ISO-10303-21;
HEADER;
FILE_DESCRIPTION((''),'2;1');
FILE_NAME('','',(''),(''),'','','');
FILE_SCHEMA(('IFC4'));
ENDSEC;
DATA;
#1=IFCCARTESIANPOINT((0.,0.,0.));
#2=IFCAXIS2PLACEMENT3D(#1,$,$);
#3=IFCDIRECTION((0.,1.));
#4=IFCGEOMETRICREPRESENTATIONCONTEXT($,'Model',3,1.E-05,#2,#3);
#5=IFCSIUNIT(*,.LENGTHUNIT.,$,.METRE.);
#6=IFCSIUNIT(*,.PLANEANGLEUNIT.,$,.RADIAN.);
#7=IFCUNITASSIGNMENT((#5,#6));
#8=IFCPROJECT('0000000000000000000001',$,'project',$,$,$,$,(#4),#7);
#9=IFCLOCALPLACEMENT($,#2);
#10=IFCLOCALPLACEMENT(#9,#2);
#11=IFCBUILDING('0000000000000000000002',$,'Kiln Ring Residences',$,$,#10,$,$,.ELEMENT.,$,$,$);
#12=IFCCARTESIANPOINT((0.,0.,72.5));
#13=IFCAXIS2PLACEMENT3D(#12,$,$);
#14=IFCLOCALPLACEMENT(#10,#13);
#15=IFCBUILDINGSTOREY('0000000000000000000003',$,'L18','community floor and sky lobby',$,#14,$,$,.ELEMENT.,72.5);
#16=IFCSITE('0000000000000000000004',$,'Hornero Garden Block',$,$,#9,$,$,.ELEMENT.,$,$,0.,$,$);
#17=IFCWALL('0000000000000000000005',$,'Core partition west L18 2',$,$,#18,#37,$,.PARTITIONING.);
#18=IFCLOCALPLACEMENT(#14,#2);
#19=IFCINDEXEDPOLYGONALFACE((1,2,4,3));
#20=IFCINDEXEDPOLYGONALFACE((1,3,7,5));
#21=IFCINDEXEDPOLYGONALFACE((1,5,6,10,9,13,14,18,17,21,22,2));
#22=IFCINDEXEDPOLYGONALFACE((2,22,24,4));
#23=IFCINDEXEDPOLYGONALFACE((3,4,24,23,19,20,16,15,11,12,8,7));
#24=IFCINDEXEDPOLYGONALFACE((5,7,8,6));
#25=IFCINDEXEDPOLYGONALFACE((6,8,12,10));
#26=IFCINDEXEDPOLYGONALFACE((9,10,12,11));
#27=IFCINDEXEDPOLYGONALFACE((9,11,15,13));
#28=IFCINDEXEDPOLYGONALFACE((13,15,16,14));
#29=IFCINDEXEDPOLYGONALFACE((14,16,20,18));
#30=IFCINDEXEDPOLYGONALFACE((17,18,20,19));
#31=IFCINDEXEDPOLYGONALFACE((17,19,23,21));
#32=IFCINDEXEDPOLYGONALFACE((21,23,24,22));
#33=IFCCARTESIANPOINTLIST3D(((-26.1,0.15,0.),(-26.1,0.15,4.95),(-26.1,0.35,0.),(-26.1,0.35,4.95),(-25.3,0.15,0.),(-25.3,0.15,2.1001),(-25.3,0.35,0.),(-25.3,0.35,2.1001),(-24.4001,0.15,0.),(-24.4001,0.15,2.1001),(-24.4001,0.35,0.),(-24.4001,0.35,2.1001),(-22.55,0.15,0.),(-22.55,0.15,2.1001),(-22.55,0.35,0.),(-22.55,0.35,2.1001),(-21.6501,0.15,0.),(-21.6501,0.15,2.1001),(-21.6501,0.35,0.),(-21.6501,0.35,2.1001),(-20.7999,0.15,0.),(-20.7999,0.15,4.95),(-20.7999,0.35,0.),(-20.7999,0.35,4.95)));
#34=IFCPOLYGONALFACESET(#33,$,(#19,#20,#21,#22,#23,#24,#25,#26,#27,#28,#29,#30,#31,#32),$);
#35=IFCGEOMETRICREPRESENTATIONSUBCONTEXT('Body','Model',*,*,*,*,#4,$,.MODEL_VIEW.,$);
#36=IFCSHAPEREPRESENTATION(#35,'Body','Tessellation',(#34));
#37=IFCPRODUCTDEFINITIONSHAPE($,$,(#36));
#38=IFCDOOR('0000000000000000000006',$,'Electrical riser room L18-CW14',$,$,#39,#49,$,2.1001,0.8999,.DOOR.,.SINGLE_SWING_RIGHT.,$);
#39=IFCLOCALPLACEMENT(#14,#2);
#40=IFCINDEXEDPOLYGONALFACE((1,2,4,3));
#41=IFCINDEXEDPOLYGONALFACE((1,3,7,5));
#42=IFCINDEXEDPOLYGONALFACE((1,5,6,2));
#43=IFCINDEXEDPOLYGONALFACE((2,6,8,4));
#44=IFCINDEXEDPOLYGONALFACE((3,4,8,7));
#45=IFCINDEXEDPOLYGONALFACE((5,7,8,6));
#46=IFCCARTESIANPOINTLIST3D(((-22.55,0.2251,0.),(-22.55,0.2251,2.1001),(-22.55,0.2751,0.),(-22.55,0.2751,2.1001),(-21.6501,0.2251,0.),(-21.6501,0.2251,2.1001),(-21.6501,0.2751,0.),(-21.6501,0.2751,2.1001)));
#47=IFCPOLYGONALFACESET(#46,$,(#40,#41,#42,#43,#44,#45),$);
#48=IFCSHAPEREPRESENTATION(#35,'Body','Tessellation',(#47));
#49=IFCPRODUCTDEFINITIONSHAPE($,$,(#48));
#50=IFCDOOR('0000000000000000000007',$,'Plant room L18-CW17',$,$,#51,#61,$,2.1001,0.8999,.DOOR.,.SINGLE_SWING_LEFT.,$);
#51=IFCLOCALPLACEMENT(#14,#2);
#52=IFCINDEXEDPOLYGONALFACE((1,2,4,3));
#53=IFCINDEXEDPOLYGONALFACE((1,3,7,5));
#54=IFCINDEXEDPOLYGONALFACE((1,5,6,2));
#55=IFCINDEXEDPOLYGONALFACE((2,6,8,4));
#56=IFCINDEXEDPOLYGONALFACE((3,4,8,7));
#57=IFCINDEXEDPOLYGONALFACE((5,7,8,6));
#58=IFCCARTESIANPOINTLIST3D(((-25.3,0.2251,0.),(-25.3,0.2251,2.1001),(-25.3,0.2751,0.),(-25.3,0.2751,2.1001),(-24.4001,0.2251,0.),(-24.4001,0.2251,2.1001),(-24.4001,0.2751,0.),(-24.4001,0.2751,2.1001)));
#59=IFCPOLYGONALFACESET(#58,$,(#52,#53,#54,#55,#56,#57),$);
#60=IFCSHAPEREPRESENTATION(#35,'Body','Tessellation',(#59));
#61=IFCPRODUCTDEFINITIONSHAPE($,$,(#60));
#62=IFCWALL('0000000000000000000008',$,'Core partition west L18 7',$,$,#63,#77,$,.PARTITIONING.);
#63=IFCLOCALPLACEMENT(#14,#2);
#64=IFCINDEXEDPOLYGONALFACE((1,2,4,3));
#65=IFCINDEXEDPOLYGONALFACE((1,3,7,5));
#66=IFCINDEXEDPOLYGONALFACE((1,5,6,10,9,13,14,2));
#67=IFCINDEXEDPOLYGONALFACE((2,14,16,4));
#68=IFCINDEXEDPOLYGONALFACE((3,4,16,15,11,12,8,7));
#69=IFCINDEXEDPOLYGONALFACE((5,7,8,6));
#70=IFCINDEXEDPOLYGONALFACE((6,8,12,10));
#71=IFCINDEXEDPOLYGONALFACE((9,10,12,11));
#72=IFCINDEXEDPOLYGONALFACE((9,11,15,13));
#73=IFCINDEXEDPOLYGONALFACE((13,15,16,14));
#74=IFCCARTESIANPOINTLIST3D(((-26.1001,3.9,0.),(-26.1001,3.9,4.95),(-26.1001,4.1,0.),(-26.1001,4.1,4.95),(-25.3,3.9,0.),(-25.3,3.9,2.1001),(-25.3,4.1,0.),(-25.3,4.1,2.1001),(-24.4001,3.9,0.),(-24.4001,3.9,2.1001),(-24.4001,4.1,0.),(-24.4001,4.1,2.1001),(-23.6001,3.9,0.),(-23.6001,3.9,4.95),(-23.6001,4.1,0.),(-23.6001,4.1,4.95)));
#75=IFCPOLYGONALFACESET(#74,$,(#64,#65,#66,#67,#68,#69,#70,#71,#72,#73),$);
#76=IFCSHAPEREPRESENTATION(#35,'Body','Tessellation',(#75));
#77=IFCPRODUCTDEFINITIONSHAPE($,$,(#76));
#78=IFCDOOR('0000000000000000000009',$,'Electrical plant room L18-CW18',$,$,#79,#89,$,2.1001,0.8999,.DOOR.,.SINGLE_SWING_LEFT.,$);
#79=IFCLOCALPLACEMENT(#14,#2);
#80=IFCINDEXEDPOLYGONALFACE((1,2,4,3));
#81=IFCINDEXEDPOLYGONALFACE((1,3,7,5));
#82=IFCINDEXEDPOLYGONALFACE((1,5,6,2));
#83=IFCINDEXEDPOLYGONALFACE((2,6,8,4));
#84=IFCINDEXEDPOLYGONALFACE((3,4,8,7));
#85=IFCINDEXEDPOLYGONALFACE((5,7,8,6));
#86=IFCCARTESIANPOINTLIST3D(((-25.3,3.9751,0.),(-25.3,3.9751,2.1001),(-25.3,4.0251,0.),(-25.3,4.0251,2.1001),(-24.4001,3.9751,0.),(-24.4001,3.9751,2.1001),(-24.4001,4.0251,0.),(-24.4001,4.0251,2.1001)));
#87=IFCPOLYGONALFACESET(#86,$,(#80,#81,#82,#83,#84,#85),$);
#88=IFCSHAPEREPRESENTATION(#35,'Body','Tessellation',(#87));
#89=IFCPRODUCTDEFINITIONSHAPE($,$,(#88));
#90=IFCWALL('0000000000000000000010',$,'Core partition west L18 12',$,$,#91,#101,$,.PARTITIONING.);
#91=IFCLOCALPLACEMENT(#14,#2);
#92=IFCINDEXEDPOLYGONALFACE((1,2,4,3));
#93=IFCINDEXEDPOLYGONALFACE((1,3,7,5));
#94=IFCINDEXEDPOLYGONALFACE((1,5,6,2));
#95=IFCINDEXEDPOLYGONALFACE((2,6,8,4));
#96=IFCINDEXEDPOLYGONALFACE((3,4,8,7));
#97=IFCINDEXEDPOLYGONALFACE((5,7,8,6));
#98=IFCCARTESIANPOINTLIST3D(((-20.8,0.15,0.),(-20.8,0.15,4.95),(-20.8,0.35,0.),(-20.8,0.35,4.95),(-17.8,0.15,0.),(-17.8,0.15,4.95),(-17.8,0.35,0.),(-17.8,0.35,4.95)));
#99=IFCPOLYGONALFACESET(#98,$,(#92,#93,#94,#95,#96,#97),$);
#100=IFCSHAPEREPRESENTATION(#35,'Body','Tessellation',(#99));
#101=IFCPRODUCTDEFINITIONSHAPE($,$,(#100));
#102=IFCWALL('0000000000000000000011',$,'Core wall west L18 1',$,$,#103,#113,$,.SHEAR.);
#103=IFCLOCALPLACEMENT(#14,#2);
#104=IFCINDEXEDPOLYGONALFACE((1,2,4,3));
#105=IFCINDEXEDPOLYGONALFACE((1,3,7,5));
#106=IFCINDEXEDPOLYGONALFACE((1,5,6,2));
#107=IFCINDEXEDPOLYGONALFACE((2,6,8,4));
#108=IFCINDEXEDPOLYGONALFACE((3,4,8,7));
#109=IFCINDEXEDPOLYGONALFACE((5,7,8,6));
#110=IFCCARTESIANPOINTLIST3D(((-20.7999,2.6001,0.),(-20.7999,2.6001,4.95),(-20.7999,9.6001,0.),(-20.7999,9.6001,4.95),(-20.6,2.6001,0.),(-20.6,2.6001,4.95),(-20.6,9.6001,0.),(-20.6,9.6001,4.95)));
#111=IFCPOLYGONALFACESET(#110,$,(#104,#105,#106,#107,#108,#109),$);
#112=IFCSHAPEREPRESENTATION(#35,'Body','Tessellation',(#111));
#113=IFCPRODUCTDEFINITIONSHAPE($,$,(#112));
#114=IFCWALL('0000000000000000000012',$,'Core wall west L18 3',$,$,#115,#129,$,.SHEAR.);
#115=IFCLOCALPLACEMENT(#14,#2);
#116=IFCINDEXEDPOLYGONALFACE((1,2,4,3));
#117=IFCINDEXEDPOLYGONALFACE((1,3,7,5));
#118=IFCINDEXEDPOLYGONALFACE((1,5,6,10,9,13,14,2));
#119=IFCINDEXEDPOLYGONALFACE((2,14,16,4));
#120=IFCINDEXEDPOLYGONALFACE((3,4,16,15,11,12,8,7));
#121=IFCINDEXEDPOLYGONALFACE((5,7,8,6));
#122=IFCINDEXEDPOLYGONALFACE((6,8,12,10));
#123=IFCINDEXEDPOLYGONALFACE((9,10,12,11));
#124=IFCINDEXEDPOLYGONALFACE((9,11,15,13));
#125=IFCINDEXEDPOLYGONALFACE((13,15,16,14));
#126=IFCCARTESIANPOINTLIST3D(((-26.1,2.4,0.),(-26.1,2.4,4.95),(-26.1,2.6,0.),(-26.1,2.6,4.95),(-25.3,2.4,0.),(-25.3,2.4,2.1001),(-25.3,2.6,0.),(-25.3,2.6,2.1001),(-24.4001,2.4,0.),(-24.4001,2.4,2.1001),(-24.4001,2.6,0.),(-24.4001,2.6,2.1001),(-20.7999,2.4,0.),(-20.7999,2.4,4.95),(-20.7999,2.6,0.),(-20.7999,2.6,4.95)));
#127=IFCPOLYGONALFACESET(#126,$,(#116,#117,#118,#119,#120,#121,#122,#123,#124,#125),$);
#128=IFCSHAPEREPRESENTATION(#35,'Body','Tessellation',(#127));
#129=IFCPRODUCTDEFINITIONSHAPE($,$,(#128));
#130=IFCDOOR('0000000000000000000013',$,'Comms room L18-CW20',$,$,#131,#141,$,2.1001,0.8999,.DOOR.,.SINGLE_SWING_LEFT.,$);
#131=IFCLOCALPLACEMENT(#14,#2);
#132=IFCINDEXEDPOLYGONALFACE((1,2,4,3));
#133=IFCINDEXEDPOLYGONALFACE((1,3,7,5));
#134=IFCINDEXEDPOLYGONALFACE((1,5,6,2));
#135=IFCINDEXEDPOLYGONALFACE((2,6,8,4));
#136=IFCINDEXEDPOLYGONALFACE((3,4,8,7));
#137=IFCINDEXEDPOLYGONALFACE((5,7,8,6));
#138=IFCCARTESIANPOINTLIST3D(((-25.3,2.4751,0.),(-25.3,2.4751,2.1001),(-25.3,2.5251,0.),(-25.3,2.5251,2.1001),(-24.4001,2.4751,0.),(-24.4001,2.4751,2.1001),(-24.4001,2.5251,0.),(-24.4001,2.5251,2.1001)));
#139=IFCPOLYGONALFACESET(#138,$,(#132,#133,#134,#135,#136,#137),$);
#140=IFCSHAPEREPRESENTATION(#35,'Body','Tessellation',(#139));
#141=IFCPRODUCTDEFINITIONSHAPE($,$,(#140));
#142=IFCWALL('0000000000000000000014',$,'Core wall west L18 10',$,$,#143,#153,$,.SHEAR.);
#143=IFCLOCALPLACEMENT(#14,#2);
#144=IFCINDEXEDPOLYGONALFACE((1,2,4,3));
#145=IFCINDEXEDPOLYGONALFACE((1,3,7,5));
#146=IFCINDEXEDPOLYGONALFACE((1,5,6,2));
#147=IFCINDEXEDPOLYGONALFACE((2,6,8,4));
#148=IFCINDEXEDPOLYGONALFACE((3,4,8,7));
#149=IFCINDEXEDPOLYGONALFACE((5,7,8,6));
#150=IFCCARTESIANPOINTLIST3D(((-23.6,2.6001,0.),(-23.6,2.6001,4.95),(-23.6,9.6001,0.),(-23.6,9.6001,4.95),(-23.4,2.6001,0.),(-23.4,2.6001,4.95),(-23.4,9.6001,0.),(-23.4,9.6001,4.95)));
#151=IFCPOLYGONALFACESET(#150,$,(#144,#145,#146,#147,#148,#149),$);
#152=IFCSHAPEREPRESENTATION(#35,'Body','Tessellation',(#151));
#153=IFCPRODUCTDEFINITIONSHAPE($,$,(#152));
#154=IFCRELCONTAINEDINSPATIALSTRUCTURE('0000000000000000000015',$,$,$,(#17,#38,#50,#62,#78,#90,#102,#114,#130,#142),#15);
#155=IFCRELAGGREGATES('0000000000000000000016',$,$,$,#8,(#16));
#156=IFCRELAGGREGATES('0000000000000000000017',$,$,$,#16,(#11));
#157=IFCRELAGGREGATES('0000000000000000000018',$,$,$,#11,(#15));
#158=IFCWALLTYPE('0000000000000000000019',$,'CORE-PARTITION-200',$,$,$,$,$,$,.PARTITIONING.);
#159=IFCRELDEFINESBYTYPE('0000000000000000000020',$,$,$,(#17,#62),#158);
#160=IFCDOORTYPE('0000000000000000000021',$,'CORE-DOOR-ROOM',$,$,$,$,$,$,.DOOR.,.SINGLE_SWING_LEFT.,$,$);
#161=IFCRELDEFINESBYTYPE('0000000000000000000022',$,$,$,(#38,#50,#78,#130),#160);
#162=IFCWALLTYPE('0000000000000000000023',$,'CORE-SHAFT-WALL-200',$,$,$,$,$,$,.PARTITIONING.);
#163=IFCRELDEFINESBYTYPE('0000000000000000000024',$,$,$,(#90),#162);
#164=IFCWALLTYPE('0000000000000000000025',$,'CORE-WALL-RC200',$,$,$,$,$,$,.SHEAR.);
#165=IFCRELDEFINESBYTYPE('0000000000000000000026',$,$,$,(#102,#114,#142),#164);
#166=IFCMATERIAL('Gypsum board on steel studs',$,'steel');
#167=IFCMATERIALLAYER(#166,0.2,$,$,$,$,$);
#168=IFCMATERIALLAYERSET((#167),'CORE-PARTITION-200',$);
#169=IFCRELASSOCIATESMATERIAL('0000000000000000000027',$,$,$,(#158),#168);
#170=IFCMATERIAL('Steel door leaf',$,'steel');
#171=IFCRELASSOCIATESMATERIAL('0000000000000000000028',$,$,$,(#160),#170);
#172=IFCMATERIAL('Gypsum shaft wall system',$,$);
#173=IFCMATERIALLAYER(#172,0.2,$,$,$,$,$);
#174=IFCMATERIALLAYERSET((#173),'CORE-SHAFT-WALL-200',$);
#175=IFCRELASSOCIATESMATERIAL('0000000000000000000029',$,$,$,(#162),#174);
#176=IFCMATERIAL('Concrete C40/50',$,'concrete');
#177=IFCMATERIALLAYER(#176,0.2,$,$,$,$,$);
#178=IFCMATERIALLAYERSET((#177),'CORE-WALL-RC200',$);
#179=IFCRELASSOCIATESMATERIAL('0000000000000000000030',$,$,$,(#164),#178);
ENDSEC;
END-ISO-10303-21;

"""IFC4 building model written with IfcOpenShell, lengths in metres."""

from ifc_helpers import new_model, si_unit, direction, frame, frame_2d, origin, place, context, subcontext, project, spatial, rectangle, extrude, material, layer, layer_set, type_object, element, fill, save


model = new_model("IFC4")

# Units and contexts
model_context = context("Model", 3, precision=1e-05, world=origin(), true_north=direction((0.0, 1.0)))
body_context = subcontext(model_context, "Body", "Model", "MODEL_VIEW")
ifc_project = project(units=[si_unit("LENGTHUNIT", "METRE"), si_unit("PLANEANGLEUNIT", "RADIAN")], contexts=[model_context])

# Site, building, storey
site_placement = place(None, origin())
site = spatial("IfcSite", under=ifc_project, at=site_placement, Name="Hornero Garden Block", CompositionType="ELEMENT", RefElevation=0.0)
building_placement = place(site_placement, origin())
building = spatial("IfcBuilding", under=site, at=building_placement, Name="Kiln Ring Residences", CompositionType="ELEMENT")
storey_placement = place(building_placement, frame((0.0, 0.0, 72.5)))
storey = spatial("IfcBuildingStorey", under=building, at=storey_placement, Name="L18", Description="community floor and sky lobby", CompositionType="ELEMENT", Elevation=72.5)

# Wall, openings, doors
ifc_material_1 = material(Name="Gypsum board on steel studs", Category="steel")
ifc_layer_1 = layer(ifc_material_1, 0.2)
ifc_layer_set_1 = layer_set([ifc_layer_1], Name="CORE-PARTITION-200")
wall_type_1 = type_object("IfcWallType", Name="CORE-PARTITION-200", PredefinedType="PARTITIONING", material=ifc_layer_set_1)
wall_1_placement = place(storey_placement, frame((-20.8, 0.25, 0.0), z_axis=(0.0, 0.0, 1.0), x_axis=(-1.0, 0.0, 0.0)))
wall_1 = element("IfcWall", 1, at=wall_1_placement, inside=storey, type_object=wall_type_1, Name="Core partition west L18 2", PredefinedType="PARTITIONING", context=body_context, shape_type="SweptSolid", body=[
    extrude(rectangle(XDim=5.3, YDim=0.2, at=frame_2d((2.6499, 0.0))), origin(), (0.0, 0.0, 1.0), 4.95),
])
opening_1_placement = place(wall_1_placement, frame((0.8501, 0.0, 0.0)))
opening_1 = element("IfcOpeningElement", 2, at=opening_1_placement, cuts=wall_1, PredefinedType="OPENING", context=body_context, shape_type="SweptSolid", body=[
    extrude(rectangle(XDim=0.8999, YDim=2.1001, at=frame_2d((0.45, 1.05))), frame((0.0, 0.1099, 0.0), z_axis=(0.0, -1.0, 0.0), x_axis=(1.0, 0.0, 0.0)), (0.0, 0.0, 1.0), 0.22),
])
opening_2_placement = place(wall_1_placement, frame((3.6001, 0.0, 0.0)))
opening_2 = element("IfcOpeningElement", 3, at=opening_2_placement, cuts=wall_1, PredefinedType="OPENING", context=body_context, shape_type="SweptSolid", body=[
    extrude(rectangle(XDim=0.8999, YDim=2.1001, at=frame_2d((0.45, 1.05))), frame((0.0, 0.1099, 0.0), z_axis=(0.0, -1.0, 0.0), x_axis=(1.0, 0.0, 0.0)), (0.0, 0.0, 1.0), 0.22),
])
ifc_material_2 = material(Name="Steel door leaf", Category="steel")
door_type = type_object("IfcDoorType", Name="CORE-DOOR-ROOM", OperationType="SINGLE_SWING_LEFT", PredefinedType="DOOR", material=ifc_material_2)
door_1_placement = place(opening_1_placement, origin())
door_1 = element("IfcDoor", 4, at=door_1_placement, inside=storey, type_object=door_type, Name="Electrical riser room L18-CW14", OperationType="SINGLE_SWING_RIGHT", OverallHeight=2.1001, OverallWidth=0.8999, PredefinedType="DOOR", context=body_context, shape_type="SweptSolid", body=[
    extrude(rectangle(XDim=0.8999, YDim=2.1001, at=frame_2d((0.45, 1.05))), frame((0.0, 0.0249, 0.0), z_axis=(0.0, -1.0, 0.0), x_axis=(1.0, 0.0, 0.0)), (0.0, 0.0, 1.0), 0.05),
])
fill(opening_1, door_1)
door_2_placement = place(opening_2_placement, origin())
door_2 = element("IfcDoor", 5, at=door_2_placement, inside=storey, type_object=door_type, Name="Plant room L18-CW17", OperationType="SINGLE_SWING_LEFT", OverallHeight=2.1001, OverallWidth=0.8999, PredefinedType="DOOR", context=body_context, shape_type="SweptSolid", body=[
    extrude(rectangle(XDim=0.8999, YDim=2.1001, at=frame_2d((0.45, 1.05))), frame((0.0, 0.0249, 0.0), z_axis=(0.0, -1.0, 0.0), x_axis=(1.0, 0.0, 0.0)), (0.0, 0.0, 1.0), 0.05),
])
fill(opening_2, door_2)

# Wall, opening, door
wall_2_placement = place(storey_placement, frame((-23.6001, 4.0, 0.0), z_axis=(0.0, 0.0, 1.0), x_axis=(-1.0, 0.0, 0.0)))
wall_2 = element("IfcWall", 6, at=wall_2_placement, inside=storey, type_object=wall_type_1, Name="Core partition west L18 7", PredefinedType="PARTITIONING", context=body_context, shape_type="SweptSolid", body=[
    extrude(rectangle(XDim=2.5, YDim=0.2, at=frame_2d((1.25, 0.0))), origin(), (0.0, 0.0, 1.0), 4.95),
])
opening_3_placement = place(wall_2_placement, frame((0.8, 0.0, 0.0)))
opening_3 = element("IfcOpeningElement", 7, at=opening_3_placement, cuts=wall_2, PredefinedType="OPENING", context=body_context, shape_type="SweptSolid", body=[
    extrude(rectangle(XDim=0.8999, YDim=2.1001, at=frame_2d((0.45, 1.05))), frame((0.0, 0.1099, 0.0), z_axis=(0.0, -1.0, 0.0), x_axis=(1.0, 0.0, 0.0)), (0.0, 0.0, 1.0), 0.22),
])
door_3_placement = place(opening_3_placement, origin())
door_3 = element("IfcDoor", 8, at=door_3_placement, inside=storey, type_object=door_type, Name="Electrical plant room L18-CW18", OperationType="SINGLE_SWING_LEFT", OverallHeight=2.1001, OverallWidth=0.8999, PredefinedType="DOOR", context=body_context, shape_type="SweptSolid", body=[
    extrude(rectangle(XDim=0.8999, YDim=2.1001, at=frame_2d((0.45, 1.05))), frame((0.0, 0.0249, 0.0), z_axis=(0.0, -1.0, 0.0), x_axis=(1.0, 0.0, 0.0)), (0.0, 0.0, 1.0), 0.05),
])
fill(opening_3, door_3)

# Walls
ifc_material_3 = material(Name="Gypsum shaft wall system")
ifc_layer_2 = layer(ifc_material_3, 0.2)
ifc_layer_set_2 = layer_set([ifc_layer_2], Name="CORE-SHAFT-WALL-200")
wall_type_2 = type_object("IfcWallType", Name="CORE-SHAFT-WALL-200", PredefinedType="PARTITIONING", material=ifc_layer_set_2)
wall_3_placement = place(storey_placement, frame((-17.8, 0.25, 0.0), z_axis=(0.0, 0.0, 1.0), x_axis=(-1.0, 0.0, 0.0)))
element("IfcWall", 9, at=wall_3_placement, inside=storey, type_object=wall_type_2, Name="Core partition west L18 12", PredefinedType="PARTITIONING", context=body_context, shape_type="SweptSolid", body=[
    extrude(rectangle(XDim=3.0, YDim=0.2, at=frame_2d((1.5, 0.0))), origin(), (0.0, 0.0, 1.0), 4.95),
])
ifc_material_4 = material(Name="Concrete C40/50", Category="concrete")
ifc_layer_3 = layer(ifc_material_4, 0.2)
ifc_layer_set_3 = layer_set([ifc_layer_3], Name="CORE-WALL-RC200")
wall_type_3 = type_object("IfcWallType", Name="CORE-WALL-RC200", PredefinedType="SHEAR", material=ifc_layer_set_3)
wall_4_placement = place(storey_placement, frame((-20.7, 2.6001, 0.0), z_axis=(0.0, 0.0, 1.0), x_axis=(0.0, 1.0, 0.0)))
element("IfcWall", 10, at=wall_4_placement, inside=storey, type_object=wall_type_3, Name="Core wall west L18 1", PredefinedType="SHEAR", context=body_context, shape_type="SweptSolid", body=[
    extrude(rectangle(XDim=7.0, YDim=0.2, at=frame_2d((3.5, 0.0))), origin(), (0.0, 0.0, 1.0), 4.95),
])

# Wall, opening, door
wall_5_placement = place(storey_placement, frame((-20.8, 2.5, 0.0), z_axis=(0.0, 0.0, 1.0), x_axis=(-1.0, 0.0, 0.0)))
wall_5 = element("IfcWall", 11, at=wall_5_placement, inside=storey, type_object=wall_type_3, Name="Core wall west L18 3", PredefinedType="SHEAR", context=body_context, shape_type="SweptSolid", body=[
    extrude(rectangle(XDim=5.3, YDim=0.2, at=frame_2d((2.6499, 0.0))), origin(), (0.0, 0.0, 1.0), 4.95),
])
opening_4_placement = place(wall_5_placement, frame((3.6001, 0.0, 0.0)))
opening_4 = element("IfcOpeningElement", 12, at=opening_4_placement, cuts=wall_5, PredefinedType="OPENING", context=body_context, shape_type="SweptSolid", body=[
    extrude(rectangle(XDim=0.8999, YDim=2.1001, at=frame_2d((0.45, 1.05))), frame((0.0, 0.1099, 0.0), z_axis=(0.0, -1.0, 0.0), x_axis=(1.0, 0.0, 0.0)), (0.0, 0.0, 1.0), 0.22),
])
door_4_placement = place(opening_4_placement, origin())
door_4 = element("IfcDoor", 13, at=door_4_placement, inside=storey, type_object=door_type, Name="Comms room L18-CW20", OperationType="SINGLE_SWING_LEFT", OverallHeight=2.1001, OverallWidth=0.8999, PredefinedType="DOOR", context=body_context, shape_type="SweptSolid", body=[
    extrude(rectangle(XDim=0.8999, YDim=2.1001, at=frame_2d((0.45, 1.05))), frame((0.0, 0.0249, 0.0), z_axis=(0.0, -1.0, 0.0), x_axis=(1.0, 0.0, 0.0)), (0.0, 0.0, 1.0), 0.05),
])
fill(opening_4, door_4)

# Wall
wall_6_placement = place(storey_placement, frame((-23.5, 2.6001, 0.0), z_axis=(0.0, 0.0, 1.0), x_axis=(0.0, 1.0, 0.0)))
element("IfcWall", 14, at=wall_6_placement, inside=storey, type_object=wall_type_3, Name="Core wall west L18 10", PredefinedType="SHEAR", context=body_context, shape_type="SweptSolid", body=[
    extrude(rectangle(XDim=7.0, YDim=0.2, at=frame_2d((3.5, 0.0))), origin(), (0.0, 0.0, 1.0), 4.95),
])

save(model, "model.ifc")
